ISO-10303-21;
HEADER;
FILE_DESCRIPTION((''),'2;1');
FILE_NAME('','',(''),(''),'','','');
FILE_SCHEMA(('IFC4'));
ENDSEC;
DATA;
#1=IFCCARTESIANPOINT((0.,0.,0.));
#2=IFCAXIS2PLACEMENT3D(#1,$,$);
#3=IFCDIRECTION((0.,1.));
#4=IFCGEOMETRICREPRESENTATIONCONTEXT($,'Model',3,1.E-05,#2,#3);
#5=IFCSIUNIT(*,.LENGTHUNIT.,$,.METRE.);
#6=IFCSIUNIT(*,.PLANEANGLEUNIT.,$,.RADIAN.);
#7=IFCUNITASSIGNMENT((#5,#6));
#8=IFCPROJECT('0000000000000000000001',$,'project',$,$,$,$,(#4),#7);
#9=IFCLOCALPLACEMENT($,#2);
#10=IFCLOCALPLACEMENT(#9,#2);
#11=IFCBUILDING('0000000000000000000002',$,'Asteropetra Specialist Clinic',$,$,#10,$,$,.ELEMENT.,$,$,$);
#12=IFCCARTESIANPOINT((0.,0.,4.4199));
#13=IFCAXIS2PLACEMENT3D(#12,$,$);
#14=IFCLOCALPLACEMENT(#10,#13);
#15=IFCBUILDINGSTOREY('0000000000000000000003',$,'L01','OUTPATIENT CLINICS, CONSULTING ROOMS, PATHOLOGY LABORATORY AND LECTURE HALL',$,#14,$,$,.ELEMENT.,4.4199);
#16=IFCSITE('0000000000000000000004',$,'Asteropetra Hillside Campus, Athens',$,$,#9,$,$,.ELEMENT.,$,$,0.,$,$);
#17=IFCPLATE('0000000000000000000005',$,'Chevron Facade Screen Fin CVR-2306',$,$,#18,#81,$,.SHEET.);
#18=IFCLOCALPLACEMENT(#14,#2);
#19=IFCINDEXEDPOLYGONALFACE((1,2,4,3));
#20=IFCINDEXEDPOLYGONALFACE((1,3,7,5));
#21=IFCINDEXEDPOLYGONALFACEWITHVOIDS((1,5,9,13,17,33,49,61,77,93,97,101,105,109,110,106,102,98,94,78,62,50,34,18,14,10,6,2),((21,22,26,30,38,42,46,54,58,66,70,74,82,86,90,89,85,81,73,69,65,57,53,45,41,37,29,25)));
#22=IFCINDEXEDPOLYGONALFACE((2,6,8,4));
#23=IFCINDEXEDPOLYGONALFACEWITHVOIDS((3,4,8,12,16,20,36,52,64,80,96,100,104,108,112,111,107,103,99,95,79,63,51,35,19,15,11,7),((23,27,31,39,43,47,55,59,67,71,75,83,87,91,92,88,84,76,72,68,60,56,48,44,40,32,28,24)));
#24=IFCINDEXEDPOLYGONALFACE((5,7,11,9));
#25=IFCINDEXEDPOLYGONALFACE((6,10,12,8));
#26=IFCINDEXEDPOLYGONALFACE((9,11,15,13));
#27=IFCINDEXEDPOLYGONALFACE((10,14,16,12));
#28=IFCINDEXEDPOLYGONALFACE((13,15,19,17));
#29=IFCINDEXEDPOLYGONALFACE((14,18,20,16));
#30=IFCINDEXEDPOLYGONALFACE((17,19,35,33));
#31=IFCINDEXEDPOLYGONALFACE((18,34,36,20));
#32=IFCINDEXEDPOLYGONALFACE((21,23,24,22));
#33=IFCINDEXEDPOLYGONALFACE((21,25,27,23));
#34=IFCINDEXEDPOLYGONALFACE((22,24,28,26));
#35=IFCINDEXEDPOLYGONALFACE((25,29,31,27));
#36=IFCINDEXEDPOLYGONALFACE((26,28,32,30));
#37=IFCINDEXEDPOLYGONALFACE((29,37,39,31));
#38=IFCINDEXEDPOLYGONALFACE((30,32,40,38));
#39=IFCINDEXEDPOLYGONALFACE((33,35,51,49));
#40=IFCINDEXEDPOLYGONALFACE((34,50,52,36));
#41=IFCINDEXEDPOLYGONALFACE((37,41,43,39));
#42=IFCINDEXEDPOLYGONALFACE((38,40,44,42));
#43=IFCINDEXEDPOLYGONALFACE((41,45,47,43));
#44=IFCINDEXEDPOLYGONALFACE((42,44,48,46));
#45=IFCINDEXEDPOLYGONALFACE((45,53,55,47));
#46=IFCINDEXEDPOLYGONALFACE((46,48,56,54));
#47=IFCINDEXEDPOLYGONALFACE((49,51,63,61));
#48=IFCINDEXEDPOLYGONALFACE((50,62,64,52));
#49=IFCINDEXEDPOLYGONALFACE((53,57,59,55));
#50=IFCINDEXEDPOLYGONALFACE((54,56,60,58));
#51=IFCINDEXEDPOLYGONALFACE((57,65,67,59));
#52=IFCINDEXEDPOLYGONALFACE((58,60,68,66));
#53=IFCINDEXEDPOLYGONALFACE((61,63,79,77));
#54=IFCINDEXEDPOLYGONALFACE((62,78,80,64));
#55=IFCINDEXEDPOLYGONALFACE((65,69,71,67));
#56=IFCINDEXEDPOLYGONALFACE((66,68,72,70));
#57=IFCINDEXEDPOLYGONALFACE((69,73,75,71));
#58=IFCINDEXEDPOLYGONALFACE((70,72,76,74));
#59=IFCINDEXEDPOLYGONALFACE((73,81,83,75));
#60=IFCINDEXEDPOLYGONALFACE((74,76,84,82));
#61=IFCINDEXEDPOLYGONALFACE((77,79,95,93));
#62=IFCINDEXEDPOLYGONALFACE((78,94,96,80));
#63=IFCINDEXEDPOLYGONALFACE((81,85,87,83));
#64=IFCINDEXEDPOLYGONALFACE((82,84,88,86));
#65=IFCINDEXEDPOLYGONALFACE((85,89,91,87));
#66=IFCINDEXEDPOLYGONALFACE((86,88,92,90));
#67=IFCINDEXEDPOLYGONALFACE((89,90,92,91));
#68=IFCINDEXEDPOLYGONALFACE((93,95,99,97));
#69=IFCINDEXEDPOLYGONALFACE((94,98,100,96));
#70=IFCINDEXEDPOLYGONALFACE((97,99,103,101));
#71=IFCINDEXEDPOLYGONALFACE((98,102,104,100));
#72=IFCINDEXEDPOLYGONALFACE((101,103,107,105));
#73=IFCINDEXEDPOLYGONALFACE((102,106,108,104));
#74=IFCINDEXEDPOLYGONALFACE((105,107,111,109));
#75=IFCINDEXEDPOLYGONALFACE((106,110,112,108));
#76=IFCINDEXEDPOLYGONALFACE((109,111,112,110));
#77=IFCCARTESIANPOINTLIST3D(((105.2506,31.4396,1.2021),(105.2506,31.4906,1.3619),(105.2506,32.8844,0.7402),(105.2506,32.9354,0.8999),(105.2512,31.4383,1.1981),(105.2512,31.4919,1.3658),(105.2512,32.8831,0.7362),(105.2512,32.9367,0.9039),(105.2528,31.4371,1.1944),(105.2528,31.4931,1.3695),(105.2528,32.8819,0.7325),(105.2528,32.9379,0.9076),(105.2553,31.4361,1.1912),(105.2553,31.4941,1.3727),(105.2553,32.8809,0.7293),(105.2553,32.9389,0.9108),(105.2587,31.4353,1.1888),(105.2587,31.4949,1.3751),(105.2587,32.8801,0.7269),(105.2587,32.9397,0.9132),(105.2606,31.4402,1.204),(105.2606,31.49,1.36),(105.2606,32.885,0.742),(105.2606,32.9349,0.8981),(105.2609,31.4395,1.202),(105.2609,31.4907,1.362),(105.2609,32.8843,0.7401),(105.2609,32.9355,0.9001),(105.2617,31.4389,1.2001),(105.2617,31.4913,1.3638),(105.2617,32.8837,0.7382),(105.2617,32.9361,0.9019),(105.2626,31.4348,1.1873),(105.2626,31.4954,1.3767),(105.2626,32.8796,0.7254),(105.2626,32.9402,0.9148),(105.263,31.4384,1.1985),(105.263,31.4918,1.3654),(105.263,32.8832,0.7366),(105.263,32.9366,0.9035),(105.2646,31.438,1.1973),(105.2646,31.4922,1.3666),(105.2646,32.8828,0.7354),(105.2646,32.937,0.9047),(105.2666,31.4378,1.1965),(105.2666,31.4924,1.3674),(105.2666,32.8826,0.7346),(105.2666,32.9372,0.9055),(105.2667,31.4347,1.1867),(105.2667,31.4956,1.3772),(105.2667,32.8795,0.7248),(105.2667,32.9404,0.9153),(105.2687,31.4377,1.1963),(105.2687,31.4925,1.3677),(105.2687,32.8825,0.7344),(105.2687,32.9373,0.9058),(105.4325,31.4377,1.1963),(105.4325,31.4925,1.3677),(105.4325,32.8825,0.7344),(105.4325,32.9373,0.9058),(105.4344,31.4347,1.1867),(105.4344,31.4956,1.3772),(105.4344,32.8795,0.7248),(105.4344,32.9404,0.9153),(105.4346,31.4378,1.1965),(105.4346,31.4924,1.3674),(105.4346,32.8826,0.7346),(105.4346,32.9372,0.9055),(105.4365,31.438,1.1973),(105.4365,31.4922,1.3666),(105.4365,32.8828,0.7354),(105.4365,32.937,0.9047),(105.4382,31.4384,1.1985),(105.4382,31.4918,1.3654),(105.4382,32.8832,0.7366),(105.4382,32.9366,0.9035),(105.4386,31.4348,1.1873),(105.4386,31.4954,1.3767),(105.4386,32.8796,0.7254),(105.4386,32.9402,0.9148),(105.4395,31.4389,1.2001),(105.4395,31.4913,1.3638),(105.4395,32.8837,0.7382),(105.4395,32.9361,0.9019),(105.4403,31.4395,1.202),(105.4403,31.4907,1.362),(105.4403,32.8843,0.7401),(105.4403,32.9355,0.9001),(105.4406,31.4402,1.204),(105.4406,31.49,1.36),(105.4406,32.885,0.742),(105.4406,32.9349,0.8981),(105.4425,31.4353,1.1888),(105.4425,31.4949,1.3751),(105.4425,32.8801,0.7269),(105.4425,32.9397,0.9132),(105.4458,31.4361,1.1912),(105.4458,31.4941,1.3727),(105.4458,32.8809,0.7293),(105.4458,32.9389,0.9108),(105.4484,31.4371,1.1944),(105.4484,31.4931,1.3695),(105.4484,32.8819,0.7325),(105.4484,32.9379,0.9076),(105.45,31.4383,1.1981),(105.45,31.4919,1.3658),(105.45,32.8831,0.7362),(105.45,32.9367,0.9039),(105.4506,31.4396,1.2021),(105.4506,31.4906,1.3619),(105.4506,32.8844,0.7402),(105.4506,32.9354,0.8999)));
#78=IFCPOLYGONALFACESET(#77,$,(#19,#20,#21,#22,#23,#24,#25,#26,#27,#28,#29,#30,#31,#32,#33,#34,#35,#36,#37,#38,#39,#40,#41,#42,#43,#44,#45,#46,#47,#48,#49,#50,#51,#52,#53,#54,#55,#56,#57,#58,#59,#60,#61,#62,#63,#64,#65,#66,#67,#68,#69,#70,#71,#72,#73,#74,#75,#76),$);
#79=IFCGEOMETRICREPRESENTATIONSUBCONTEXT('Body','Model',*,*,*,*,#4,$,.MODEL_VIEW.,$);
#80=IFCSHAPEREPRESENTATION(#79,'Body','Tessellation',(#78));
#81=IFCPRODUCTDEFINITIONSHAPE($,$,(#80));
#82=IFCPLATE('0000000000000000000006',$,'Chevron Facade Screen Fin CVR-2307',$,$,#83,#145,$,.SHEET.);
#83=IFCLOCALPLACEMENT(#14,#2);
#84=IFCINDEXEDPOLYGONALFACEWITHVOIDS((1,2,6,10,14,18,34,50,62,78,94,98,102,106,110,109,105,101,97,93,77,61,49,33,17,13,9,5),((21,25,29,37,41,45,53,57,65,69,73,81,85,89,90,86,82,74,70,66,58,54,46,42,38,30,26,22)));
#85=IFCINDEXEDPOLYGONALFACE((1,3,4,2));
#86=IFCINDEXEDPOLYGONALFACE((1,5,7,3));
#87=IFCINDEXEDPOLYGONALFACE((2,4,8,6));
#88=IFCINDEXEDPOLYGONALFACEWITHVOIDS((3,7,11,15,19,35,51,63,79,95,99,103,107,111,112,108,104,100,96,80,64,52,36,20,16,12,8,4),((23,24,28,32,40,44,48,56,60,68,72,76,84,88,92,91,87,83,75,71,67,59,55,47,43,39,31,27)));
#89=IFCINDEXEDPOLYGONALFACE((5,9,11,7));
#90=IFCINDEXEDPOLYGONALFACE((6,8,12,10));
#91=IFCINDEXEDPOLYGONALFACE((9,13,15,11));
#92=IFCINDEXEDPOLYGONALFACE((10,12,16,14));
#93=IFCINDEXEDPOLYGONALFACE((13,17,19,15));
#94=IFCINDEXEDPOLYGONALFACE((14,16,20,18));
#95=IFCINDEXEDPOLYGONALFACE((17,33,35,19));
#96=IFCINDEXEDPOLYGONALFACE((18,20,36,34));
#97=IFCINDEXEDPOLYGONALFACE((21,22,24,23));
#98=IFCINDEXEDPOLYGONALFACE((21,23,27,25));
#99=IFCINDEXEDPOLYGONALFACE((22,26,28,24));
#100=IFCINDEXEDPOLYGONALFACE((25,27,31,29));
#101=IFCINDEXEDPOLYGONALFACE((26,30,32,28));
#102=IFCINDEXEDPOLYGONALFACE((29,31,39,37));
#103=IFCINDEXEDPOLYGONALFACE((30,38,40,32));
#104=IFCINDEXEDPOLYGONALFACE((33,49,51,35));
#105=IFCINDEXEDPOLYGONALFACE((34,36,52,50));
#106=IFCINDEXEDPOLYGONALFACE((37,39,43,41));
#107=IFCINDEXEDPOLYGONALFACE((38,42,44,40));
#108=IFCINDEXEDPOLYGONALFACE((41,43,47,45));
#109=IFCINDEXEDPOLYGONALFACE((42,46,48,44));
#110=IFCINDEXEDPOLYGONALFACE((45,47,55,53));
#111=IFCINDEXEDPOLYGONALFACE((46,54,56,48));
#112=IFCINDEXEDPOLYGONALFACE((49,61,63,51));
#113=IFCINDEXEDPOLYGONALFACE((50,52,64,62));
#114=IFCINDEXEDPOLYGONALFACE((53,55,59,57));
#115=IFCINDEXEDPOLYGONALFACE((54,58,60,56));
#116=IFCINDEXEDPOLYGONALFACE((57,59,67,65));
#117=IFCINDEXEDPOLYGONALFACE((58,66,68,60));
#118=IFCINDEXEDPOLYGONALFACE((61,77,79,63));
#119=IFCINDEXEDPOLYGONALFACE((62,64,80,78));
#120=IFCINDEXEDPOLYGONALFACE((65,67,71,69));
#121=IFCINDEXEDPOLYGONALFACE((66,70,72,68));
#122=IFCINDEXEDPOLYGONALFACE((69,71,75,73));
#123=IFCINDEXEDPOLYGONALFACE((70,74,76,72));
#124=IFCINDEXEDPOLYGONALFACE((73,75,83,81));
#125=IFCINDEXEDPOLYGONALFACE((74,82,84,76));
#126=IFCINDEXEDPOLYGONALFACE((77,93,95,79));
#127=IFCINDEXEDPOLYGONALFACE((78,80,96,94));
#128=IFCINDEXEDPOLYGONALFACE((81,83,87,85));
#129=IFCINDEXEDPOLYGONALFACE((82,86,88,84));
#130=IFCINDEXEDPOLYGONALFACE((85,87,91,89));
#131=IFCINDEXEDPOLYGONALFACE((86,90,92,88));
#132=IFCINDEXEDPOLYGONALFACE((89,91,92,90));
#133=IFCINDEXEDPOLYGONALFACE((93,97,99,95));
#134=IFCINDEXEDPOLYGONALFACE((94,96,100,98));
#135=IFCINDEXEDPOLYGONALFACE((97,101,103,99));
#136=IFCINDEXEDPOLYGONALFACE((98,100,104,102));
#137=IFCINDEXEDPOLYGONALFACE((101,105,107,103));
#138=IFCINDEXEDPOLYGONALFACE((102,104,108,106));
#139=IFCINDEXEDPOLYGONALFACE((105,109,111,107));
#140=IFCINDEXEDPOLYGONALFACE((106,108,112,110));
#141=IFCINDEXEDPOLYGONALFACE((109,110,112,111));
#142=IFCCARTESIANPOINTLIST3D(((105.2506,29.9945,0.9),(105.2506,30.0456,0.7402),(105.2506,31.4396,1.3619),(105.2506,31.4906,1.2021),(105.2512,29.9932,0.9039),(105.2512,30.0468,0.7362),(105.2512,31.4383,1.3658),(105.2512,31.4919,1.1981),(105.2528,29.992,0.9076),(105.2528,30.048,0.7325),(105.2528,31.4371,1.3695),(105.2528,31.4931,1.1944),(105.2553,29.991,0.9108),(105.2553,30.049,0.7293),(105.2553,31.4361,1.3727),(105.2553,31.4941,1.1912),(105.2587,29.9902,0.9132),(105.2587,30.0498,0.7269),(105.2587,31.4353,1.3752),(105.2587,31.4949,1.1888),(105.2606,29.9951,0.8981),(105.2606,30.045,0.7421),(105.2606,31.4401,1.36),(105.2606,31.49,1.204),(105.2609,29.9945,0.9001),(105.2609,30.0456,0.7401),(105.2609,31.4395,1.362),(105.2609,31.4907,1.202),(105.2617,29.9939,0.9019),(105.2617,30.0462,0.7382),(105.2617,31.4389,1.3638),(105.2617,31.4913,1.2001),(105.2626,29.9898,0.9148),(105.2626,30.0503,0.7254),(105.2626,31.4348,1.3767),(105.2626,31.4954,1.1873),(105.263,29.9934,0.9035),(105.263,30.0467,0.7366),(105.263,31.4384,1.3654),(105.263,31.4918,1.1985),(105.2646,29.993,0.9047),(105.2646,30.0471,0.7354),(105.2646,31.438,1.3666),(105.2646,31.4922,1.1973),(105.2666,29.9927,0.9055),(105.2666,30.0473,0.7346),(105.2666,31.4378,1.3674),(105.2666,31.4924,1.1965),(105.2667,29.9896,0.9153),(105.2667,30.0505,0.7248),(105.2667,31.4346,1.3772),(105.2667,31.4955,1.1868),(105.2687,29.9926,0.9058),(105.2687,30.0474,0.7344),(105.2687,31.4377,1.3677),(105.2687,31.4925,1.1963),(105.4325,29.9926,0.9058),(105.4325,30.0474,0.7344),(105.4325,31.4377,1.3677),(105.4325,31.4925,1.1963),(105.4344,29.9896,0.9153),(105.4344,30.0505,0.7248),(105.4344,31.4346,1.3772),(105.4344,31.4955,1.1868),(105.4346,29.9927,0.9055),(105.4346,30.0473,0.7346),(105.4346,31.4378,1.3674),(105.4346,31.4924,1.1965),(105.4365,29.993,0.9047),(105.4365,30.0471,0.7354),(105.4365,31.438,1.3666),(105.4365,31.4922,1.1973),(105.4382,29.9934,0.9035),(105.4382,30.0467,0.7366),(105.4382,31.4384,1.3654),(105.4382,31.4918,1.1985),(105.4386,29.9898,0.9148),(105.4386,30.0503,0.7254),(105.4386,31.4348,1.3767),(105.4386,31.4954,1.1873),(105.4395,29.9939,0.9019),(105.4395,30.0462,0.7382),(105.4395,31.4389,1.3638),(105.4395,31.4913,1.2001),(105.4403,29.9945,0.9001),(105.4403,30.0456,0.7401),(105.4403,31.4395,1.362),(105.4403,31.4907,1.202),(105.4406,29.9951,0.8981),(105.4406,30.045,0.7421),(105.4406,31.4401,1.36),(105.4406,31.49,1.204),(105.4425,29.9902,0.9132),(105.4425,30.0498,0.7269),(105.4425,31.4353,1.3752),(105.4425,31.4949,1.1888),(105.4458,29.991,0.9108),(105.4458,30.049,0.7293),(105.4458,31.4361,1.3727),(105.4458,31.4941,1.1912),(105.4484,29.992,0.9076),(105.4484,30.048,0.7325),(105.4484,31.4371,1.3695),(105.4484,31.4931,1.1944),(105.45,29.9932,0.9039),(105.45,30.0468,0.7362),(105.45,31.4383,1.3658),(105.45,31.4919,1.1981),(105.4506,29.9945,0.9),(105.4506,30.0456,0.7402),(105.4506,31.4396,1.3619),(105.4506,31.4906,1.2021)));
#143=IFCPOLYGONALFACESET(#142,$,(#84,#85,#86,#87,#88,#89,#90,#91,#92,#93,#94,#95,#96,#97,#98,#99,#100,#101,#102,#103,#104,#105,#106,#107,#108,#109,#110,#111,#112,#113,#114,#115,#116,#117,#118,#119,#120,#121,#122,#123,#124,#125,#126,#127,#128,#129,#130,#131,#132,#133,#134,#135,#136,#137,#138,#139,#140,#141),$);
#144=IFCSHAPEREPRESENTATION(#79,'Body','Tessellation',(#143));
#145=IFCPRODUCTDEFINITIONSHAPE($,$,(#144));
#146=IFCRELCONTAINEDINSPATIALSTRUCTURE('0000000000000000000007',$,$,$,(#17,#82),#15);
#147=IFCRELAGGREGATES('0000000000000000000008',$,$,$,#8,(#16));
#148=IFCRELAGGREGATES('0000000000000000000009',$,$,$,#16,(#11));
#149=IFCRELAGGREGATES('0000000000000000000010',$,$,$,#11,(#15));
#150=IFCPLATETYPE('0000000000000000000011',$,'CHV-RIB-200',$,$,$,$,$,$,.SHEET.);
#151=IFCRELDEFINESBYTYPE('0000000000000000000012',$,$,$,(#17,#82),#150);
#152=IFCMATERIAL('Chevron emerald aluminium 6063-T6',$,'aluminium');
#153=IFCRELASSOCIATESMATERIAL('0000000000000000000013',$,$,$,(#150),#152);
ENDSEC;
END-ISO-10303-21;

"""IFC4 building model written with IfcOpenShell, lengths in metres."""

from ifc_helpers import new_model, si_unit, direction, frame, origin, origin_2d, place, context, subcontext, project, spatial, hollow_rectangle, extrude, material, material_profile, profile_set, type_object, element, save


model = new_model("IFC4")

# Units and contexts
model_context = context("Model", 3, precision=1e-05, world=origin(), true_north=direction((0.0, 1.0)))
body_context = subcontext(model_context, "Body", "Model", "MODEL_VIEW")
ifc_project = project(units=[si_unit("LENGTHUNIT", "METRE"), si_unit("PLANEANGLEUNIT", "RADIAN")], contexts=[model_context])

# Site, building, storey
site_placement = place(None, origin())
site = spatial("IfcSite", under=ifc_project, at=site_placement, Name="Asteropetra Hillside Campus, Athens", CompositionType="ELEMENT", RefElevation=0.0)
building_placement = place(site_placement, origin())
building = spatial("IfcBuilding", under=site, at=building_placement, Name="Asteropetra Specialist Clinic", CompositionType="ELEMENT")
storey_placement = place(building_placement, frame((0.0, 0.0, 4.4199)))
storey = spatial("IfcBuildingStorey", under=building, at=storey_placement, Name="L01", Description="OUTPATIENT CLINICS, CONSULTING ROOMS, PATHOLOGY LABORATORY AND LECTURE HALL", CompositionType="ELEMENT", Elevation=4.4199)

# Plates
ifc_material_1 = material(Name="Chevron emerald aluminium 6063-T6", Category="aluminium")
ifc_material_profile_1 = material_profile(ifc_material_1, hollow_rectangle(XDim=0.2, YDim=0.2, WallThickness=0.01, InnerFilletRadius=0.0081, OuterFilletRadius=0.0161, at=origin_2d()), Name="SHS 200x200x10.0")
ifc_profile_set_1 = profile_set([ifc_material_profile_1], Name="Chevron emerald aluminium 6063-T6")
plate_type = type_object("IfcPlateType", Name="CHV-RIB-200", PredefinedType="SHEET", material=ifc_profile_set_1)
plate_1_placement = place(storey_placement, frame((105.3506, 32.9099, 0.8201), z_axis=(0.0, -0.952506, 0.304519), x_axis=(1.0, 0.0, 0.0)))
element("IfcPlate", 1, at=plate_1_placement, inside=storey, type_object=plate_type, Name="Chevron Facade Screen Fin CVR-2306", PredefinedType="SHEET", context=body_context, shape_type="SweptSolid", body=[
    extrude(hollow_rectangle(XDim=0.2, YDim=0.2, WallThickness=0.01, InnerFilletRadius=0.0081, OuterFilletRadius=0.0161, at=origin_2d()), origin(), (0.0, 0.0, 1.0), 1.5168),
])
for number, where, z_axis, x_axis, name in (
    (2, (105.3506, 31.4651, 1.282), (0.0, -0.952521, -0.304472), (1.0, 0.0, 0.0), "Chevron Facade Screen Fin CVR-2307"),
):
    element("IfcPlate", number, at=place(storey_placement, frame(where, z_axis=z_axis, x_axis=x_axis)), inside=storey, type_object=plate_type, Name=name, PredefinedType="SHEET", context=body_context, shape_type="SweptSolid", body=[
        extrude(hollow_rectangle(XDim=0.2, YDim=0.2, WallThickness=0.01, InnerFilletRadius=0.0081, OuterFilletRadius=0.0161, at=origin_2d()), origin(), (0.0, 0.0, 1.0), 1.5171),
    ])

save(model, "model.ifc")
